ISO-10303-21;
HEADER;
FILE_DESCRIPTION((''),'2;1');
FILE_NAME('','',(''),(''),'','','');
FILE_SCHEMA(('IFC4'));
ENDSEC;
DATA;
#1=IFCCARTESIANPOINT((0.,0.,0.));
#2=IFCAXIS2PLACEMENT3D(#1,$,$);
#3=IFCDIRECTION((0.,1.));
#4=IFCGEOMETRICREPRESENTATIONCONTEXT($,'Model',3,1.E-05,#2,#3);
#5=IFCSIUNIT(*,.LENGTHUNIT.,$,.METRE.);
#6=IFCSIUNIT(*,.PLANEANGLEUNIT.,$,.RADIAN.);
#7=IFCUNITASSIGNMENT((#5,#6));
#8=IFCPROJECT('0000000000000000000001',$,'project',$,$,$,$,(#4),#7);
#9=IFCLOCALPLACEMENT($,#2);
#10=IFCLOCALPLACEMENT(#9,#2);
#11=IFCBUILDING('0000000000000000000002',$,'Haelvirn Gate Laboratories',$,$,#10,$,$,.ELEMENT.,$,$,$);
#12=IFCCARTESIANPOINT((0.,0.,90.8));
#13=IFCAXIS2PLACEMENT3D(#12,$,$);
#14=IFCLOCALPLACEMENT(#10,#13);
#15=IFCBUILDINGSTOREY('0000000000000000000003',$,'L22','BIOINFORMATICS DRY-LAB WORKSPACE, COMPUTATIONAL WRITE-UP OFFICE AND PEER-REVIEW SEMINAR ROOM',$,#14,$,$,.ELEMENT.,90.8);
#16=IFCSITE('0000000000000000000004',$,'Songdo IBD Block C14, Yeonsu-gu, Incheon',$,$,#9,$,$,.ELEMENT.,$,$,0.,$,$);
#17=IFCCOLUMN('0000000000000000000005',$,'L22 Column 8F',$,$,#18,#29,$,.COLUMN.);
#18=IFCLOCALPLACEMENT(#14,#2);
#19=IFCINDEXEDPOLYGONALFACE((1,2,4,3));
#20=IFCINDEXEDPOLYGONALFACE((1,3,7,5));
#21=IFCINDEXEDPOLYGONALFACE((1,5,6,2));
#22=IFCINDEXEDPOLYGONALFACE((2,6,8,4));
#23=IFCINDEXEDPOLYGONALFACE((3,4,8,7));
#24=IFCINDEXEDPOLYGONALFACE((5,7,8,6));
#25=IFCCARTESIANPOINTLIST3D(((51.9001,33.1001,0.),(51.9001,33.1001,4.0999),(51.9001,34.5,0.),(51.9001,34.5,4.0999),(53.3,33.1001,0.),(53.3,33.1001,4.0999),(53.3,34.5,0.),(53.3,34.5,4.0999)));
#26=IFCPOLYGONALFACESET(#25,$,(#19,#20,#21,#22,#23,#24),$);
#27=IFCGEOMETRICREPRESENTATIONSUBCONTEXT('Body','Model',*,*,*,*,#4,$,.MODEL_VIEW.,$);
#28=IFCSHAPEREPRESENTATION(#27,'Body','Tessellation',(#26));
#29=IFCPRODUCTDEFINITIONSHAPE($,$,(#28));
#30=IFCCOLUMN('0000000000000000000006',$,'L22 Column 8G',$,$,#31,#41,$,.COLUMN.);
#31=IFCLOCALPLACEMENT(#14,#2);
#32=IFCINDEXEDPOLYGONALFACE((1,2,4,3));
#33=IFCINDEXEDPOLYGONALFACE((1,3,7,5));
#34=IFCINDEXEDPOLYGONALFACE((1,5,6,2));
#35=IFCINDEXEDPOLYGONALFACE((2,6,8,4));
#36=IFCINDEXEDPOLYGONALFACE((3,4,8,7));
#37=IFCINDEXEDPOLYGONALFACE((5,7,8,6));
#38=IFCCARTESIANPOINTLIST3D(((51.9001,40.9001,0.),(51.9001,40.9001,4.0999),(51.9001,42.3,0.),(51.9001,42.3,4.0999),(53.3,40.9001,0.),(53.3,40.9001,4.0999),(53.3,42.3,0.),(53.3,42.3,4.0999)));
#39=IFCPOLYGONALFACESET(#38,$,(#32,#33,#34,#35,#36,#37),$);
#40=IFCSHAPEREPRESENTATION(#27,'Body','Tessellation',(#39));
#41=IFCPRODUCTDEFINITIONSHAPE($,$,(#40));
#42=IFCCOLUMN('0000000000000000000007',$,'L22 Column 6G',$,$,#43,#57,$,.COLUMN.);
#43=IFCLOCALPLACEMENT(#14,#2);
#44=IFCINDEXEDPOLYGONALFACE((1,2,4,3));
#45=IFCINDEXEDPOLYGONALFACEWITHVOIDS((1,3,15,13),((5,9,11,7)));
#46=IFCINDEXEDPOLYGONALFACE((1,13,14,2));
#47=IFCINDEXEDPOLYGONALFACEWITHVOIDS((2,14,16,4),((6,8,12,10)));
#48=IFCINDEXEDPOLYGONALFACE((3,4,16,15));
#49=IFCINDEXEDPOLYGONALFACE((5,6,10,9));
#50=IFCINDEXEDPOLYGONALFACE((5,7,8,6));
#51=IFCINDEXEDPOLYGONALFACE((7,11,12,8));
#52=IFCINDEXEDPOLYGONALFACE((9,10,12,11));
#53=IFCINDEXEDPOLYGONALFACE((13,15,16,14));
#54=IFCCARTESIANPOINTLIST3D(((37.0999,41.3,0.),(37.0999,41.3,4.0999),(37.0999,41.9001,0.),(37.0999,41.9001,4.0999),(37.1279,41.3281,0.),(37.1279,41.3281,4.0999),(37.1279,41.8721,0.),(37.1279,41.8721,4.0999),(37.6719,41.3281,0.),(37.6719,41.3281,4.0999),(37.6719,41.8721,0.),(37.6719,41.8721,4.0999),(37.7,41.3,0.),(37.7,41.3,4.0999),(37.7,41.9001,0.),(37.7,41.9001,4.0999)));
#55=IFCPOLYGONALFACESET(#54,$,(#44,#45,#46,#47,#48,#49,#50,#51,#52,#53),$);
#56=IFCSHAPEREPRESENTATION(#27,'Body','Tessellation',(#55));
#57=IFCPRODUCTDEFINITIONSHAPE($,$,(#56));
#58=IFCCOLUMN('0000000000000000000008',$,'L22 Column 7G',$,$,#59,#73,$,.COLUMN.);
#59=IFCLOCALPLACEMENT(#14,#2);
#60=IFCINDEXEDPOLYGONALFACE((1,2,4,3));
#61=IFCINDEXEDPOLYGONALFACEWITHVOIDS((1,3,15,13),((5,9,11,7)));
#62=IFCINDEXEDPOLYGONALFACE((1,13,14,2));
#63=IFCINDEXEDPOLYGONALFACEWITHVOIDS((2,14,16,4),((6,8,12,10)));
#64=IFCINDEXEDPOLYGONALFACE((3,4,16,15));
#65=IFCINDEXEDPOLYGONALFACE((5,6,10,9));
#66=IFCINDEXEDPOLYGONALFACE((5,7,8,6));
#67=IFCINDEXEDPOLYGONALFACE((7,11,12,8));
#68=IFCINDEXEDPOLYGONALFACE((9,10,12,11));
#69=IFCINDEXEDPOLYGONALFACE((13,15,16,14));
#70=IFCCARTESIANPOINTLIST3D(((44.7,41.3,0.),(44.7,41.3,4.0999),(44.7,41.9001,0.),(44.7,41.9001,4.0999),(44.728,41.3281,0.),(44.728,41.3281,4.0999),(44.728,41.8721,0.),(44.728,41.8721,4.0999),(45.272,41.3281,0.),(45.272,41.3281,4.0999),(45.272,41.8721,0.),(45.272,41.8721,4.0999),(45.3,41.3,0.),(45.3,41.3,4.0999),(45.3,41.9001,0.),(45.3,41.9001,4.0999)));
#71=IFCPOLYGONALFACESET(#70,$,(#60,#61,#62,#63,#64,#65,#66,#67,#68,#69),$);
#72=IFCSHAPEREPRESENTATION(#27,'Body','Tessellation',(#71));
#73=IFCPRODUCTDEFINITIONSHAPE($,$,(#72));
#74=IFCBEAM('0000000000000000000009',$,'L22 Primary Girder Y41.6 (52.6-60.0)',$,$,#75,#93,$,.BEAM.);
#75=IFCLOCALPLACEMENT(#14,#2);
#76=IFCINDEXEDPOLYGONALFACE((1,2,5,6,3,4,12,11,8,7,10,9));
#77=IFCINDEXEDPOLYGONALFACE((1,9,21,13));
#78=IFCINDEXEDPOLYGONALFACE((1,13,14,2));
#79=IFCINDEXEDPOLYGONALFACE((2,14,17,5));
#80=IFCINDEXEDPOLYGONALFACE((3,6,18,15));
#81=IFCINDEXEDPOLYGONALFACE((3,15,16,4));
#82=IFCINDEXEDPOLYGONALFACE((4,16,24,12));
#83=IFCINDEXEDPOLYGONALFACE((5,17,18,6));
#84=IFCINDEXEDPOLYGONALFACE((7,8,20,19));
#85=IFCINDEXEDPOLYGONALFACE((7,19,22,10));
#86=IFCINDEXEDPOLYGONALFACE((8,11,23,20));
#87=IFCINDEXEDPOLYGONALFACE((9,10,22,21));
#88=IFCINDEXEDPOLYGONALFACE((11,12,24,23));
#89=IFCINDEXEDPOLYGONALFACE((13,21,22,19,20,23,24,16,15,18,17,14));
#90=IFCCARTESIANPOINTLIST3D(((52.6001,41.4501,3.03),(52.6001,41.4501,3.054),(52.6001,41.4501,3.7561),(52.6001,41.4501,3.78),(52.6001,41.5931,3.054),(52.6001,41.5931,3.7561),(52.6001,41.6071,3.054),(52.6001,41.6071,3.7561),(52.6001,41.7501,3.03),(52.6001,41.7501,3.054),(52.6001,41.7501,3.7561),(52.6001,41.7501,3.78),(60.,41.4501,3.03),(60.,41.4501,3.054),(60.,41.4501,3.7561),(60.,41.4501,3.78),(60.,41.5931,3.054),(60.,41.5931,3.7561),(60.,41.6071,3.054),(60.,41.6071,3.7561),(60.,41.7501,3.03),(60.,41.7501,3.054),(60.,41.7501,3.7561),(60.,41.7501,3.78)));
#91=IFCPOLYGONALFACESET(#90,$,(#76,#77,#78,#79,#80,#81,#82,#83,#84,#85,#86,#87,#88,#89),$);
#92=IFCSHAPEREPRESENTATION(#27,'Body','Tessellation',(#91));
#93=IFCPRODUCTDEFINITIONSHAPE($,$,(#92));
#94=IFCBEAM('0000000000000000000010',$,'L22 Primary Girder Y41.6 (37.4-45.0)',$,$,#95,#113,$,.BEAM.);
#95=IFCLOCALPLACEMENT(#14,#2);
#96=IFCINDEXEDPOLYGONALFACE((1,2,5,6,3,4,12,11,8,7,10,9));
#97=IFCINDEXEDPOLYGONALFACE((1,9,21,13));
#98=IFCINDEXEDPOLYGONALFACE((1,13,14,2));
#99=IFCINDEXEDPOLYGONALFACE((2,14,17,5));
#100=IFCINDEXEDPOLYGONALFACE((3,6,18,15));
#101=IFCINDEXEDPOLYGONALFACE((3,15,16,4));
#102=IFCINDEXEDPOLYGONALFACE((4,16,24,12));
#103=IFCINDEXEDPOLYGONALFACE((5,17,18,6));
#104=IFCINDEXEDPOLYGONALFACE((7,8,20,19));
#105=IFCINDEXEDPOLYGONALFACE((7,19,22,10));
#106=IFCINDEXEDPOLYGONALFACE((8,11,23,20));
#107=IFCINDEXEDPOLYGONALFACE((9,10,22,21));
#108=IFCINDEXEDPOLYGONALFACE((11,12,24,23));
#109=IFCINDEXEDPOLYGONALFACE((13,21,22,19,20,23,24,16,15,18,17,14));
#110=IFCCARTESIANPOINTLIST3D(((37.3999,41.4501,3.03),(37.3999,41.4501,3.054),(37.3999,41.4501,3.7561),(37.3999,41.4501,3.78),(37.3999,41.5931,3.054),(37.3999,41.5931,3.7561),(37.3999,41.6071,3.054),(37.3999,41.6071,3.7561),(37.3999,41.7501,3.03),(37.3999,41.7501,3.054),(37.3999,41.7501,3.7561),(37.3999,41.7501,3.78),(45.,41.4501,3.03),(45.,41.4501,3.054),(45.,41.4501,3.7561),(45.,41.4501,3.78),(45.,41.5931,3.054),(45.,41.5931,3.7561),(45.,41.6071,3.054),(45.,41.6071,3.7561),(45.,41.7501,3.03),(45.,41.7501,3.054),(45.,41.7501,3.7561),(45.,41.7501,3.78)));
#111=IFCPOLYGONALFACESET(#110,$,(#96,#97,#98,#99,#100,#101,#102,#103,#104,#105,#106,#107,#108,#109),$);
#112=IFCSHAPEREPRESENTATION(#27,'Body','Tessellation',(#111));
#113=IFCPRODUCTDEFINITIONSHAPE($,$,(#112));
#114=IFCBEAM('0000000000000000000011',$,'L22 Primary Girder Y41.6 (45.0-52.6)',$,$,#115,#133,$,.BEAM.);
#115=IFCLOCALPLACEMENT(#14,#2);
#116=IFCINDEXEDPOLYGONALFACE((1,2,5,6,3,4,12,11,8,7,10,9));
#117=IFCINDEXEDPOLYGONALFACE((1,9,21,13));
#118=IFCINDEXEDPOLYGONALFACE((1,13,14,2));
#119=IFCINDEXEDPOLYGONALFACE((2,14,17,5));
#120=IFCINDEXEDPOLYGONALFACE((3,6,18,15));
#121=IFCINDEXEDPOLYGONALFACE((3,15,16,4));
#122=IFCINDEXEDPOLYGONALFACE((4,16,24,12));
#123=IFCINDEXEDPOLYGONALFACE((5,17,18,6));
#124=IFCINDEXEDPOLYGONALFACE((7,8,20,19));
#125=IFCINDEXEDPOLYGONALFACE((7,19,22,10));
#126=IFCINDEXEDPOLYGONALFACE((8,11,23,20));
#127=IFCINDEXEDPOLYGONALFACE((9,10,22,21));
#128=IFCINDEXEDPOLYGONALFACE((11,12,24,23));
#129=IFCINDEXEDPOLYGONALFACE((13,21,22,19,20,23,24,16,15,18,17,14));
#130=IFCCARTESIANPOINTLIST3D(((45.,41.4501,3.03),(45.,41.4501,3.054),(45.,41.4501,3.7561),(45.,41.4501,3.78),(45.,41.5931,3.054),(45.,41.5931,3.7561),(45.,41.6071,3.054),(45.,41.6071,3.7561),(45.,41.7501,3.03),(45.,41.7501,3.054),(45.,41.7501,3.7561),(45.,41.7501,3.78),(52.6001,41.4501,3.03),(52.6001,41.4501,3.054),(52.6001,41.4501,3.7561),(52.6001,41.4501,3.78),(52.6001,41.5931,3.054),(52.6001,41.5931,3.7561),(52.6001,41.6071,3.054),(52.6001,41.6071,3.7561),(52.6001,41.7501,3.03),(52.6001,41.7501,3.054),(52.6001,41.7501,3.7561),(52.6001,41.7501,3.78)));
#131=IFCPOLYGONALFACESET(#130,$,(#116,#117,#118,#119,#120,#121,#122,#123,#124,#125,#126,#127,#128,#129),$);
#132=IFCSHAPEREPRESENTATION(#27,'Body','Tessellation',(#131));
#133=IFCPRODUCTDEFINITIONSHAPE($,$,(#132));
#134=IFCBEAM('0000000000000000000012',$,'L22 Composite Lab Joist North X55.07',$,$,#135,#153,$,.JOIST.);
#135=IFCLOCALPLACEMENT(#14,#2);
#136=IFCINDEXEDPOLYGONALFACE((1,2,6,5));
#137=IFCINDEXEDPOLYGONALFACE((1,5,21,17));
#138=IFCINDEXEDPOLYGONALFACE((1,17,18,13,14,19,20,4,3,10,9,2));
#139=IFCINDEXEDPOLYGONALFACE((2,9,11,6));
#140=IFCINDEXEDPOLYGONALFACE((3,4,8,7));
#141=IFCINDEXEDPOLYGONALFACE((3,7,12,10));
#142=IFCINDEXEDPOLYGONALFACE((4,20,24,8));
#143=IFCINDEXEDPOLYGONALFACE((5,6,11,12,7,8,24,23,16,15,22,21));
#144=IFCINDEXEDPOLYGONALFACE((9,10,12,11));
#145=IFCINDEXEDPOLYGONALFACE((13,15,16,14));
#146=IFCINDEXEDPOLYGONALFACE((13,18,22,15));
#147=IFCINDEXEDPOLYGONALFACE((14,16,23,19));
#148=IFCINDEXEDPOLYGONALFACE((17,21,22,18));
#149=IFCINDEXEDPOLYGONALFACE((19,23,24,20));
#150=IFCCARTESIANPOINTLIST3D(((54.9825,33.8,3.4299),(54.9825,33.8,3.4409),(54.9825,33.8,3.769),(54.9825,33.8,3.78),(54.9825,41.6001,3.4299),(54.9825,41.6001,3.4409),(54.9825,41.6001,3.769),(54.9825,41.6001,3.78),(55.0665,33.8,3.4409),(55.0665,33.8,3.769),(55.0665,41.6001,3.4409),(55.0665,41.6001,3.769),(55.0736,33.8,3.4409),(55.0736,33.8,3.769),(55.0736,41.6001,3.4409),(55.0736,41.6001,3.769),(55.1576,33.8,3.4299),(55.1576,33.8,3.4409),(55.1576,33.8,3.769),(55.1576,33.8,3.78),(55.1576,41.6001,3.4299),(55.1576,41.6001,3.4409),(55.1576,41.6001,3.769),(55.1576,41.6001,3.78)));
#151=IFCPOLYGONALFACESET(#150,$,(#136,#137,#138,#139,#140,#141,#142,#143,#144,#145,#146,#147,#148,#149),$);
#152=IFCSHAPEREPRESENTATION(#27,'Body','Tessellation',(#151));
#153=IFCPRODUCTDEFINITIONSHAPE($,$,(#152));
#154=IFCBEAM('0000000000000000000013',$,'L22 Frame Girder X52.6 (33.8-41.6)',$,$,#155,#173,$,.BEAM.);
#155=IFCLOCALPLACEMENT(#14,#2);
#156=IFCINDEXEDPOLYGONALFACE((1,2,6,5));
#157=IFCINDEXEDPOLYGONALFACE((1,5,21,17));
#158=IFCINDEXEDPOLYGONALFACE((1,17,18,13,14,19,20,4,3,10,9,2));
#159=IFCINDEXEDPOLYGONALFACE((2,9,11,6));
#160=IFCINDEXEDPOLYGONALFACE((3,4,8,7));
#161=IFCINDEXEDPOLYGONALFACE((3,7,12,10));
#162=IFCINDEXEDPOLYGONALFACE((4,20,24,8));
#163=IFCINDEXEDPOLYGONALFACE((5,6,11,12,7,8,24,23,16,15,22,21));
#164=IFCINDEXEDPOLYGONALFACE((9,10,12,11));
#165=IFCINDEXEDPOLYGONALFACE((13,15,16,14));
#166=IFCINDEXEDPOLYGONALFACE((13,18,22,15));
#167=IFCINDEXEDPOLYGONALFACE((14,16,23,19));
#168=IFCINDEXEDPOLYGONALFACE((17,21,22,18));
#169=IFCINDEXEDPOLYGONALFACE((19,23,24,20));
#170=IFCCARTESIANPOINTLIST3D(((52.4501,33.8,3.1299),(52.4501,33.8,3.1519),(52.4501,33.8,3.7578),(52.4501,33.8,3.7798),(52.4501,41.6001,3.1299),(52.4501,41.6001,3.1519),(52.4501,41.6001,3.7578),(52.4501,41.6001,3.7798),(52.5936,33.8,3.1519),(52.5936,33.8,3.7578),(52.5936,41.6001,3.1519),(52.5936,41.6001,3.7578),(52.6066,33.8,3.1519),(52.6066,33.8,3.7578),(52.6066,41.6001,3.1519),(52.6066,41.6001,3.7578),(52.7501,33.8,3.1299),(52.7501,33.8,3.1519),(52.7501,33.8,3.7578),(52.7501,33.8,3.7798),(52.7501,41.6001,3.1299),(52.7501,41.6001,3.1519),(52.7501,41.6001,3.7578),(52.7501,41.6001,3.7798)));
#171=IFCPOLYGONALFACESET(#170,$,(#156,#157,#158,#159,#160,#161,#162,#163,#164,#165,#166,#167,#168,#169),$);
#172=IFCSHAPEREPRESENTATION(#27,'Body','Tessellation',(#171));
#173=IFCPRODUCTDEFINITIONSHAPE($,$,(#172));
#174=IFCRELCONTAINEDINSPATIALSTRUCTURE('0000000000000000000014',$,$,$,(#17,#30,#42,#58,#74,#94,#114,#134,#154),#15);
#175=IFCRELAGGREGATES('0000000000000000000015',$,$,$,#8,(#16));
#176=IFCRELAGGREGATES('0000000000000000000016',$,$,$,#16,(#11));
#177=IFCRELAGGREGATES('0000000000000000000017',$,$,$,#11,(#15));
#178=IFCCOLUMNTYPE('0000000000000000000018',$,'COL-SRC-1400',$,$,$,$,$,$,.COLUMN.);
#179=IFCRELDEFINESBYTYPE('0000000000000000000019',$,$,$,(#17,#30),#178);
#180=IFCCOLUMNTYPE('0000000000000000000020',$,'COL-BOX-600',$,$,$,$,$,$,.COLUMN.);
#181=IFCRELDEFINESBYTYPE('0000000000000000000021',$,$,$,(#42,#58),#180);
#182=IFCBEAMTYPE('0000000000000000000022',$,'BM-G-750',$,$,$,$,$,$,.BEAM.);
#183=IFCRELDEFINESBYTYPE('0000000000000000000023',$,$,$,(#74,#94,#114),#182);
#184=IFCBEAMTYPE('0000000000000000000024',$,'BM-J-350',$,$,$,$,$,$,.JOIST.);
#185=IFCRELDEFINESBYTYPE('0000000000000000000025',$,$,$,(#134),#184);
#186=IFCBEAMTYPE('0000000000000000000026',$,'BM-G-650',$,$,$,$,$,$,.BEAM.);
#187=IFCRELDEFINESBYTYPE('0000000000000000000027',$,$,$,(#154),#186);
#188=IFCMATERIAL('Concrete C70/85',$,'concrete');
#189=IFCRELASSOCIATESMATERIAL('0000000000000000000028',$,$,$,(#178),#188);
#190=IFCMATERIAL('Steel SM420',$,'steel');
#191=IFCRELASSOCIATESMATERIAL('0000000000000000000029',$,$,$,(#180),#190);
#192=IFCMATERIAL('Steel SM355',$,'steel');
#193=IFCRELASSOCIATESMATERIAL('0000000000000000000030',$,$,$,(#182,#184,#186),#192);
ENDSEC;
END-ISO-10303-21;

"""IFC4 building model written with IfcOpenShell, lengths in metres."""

from ifc_helpers import new_model, si_unit, direction, frame, origin, origin_2d, place, context, subcontext, project, spatial, rectangle, hollow_rectangle, i_section, extrude, source, transform, mapped, material, material_profile, profile_set, type_object, type_shapes, element, save


model = new_model("IFC4")

# Units and contexts
model_context = context("Model", 3, precision=1e-05, world=origin(), true_north=direction((0.0, 1.0)))
body_context = subcontext(model_context, "Body", "Model", "MODEL_VIEW")
ifc_project = project(units=[si_unit("LENGTHUNIT", "METRE"), si_unit("PLANEANGLEUNIT", "RADIAN")], contexts=[model_context])

# Site, building, storey
site_placement = place(None, origin())
site = spatial("IfcSite", under=ifc_project, at=site_placement, Name="Songdo IBD Block C14, Yeonsu-gu, Incheon", CompositionType="ELEMENT", RefElevation=0.0)
building_placement = place(site_placement, origin())
building = spatial("IfcBuilding", under=site, at=building_placement, Name="Haelvirn Gate Laboratories", CompositionType="ELEMENT")
storey_placement = place(building_placement, frame((0.0, 0.0, 90.8)))
storey = spatial("IfcBuildingStorey", under=building, at=storey_placement, Name="L22", Description="BIOINFORMATICS DRY-LAB WORKSPACE, COMPUTATIONAL WRITE-UP OFFICE AND PEER-REVIEW SEMINAR ROOM", CompositionType="ELEMENT", Elevation=90.8)

# Columns
ifc_material_1 = material(Name="Concrete C70/85", Category="concrete")
ifc_material_profile_1 = material_profile(ifc_material_1, rectangle(XDim=1.3999, YDim=1.3999, at=origin_2d()), Name="SRC-1400x1400")
ifc_profile_set_1 = profile_set([ifc_material_profile_1], Name="Concrete C70/85")
column_type_1 = type_object("IfcColumnType", Name="COL-SRC-1400", PredefinedType="COLUMN", material=ifc_profile_set_1)
shared_shape_1 = source(origin(), body_context, "Body", "SweptSolid", [
    extrude(rectangle(XDim=1.3999, YDim=1.3999, at=origin_2d()), origin(), (0.0, 0.0, 1.0), 4.0999),
])
type_shapes(column_type_1, [shared_shape_1])
for number, where, z_axis, x_axis, name in (
    (1, (52.6001, 33.8, 0.0), (0.0, 0.0, 1.0), (1.0, 0.0, 0.0), "L22 Column 8F"),
    (2, (52.6001, 41.6001, 0.0), (0.0, 0.0, 1.0), (1.0, 0.0, 0.0), "L22 Column 8G"),
):
    element("IfcColumn", number, at=place(storey_placement, frame(where, z_axis=z_axis, x_axis=x_axis)), inside=storey, type_object=column_type_1, Name=name, PredefinedType="COLUMN", context=body_context, shape_type="MappedRepresentation", body=[
        mapped(shared_shape_1, transform((0.0, 0.0, 0.0), scale=1.0)),
    ])
ifc_material_2 = material(Name="Steel SM420", Category="steel")
ifc_material_profile_2 = material_profile(ifc_material_2, hollow_rectangle(XDim=0.6001, YDim=0.6001, WallThickness=0.0281, at=origin_2d()), Name="BOX-600x600x28")
ifc_profile_set_2 = profile_set([ifc_material_profile_2], Name="Steel SM420")
column_type_2 = type_object("IfcColumnType", Name="COL-BOX-600", PredefinedType="COLUMN", material=ifc_profile_set_2)
shared_shape_2 = source(origin(), body_context, "Body", "SweptSolid", [
    extrude(hollow_rectangle(XDim=0.6001, YDim=0.6001, WallThickness=0.0281, at=origin_2d()), origin(), (0.0, 0.0, 1.0), 4.0999),
])
type_shapes(column_type_2, [shared_shape_2])
for number, where, z_axis, x_axis, name in (
    (3, (37.3999, 41.6001, 0.0), (0.0, 0.0, 1.0), (1.0, 0.0, 0.0), "L22 Column 6G"),
    (4, (45.0, 41.6001, 0.0), (0.0, 0.0, 1.0), (1.0, 0.0, 0.0), "L22 Column 7G"),
):
    element("IfcColumn", number, at=place(storey_placement, frame(where, z_axis=z_axis, x_axis=x_axis)), inside=storey, type_object=column_type_2, Name=name, PredefinedType="COLUMN", context=body_context, shape_type="MappedRepresentation", body=[
        mapped(shared_shape_2, transform((0.0, 0.0, 0.0), scale=1.0)),
    ])

# Beams
ifc_material_3 = material(Name="Steel SM355", Category="steel")
ifc_material_profile_3 = material_profile(ifc_material_3, i_section(OverallWidth=0.3, OverallDepth=0.75, WebThickness=0.0139, FlangeThickness=0.0239, at=origin_2d()), Name="H-750x300x14x24")
ifc_profile_set_3 = profile_set([ifc_material_profile_3], Name="Steel SM355")
beam_type_1 = type_object("IfcBeamType", Name="BM-G-750", PredefinedType="BEAM", material=ifc_profile_set_3)
shared_shape_3 = source(origin(), body_context, "Body", "SweptSolid", [
    extrude(i_section(OverallWidth=0.3, OverallDepth=0.75, WebThickness=0.0139, FlangeThickness=0.0239, at=origin_2d()), origin(), (0.0, 0.0, 1.0), 7.3999),
])
beam_1_placement = place(storey_placement, frame((52.6001, 41.6001, 3.405), z_axis=(1.0, 0.0, 0.0), x_axis=(0.0, 1.0, 0.0)))
element("IfcBeam", 5, at=beam_1_placement, inside=storey, type_object=beam_type_1, Name="L22 Primary Girder Y41.6 (52.6-60.0)", PredefinedType="BEAM", context=body_context, shape_type="MappedRepresentation", body=[
    mapped(shared_shape_3, transform((0.0, 0.0, 0.0), scale=1.0)),
])
shared_shape_4 = source(origin(), body_context, "Body", "SweptSolid", [
    extrude(i_section(OverallWidth=0.3, OverallDepth=0.75, WebThickness=0.0139, FlangeThickness=0.0239, at=origin_2d()), origin(), (0.0, 0.0, 1.0), 7.6001),
])
type_shapes(beam_type_1, [shared_shape_3, shared_shape_4])
for number, where, z_axis, x_axis, name in (
    (6, (37.3999, 41.6001, 3.405), (1.0, 0.0, 0.0), (0.0, 1.0, 0.0), "L22 Primary Girder Y41.6 (37.4-45.0)"),
    (7, (45.0, 41.6001, 3.405), (1.0, 0.0, 0.0), (0.0, 1.0, 0.0), "L22 Primary Girder Y41.6 (45.0-52.6)"),
):
    element("IfcBeam", number, at=place(storey_placement, frame(where, z_axis=z_axis, x_axis=x_axis)), inside=storey, type_object=beam_type_1, Name=name, PredefinedType="BEAM", context=body_context, shape_type="MappedRepresentation", body=[
        mapped(shared_shape_4, transform((0.0, 0.0, 0.0), scale=1.0)),
    ])
ifc_material_profile_4 = material_profile(ifc_material_3, i_section(OverallWidth=0.175, OverallDepth=0.3501, WebThickness=0.0071, FlangeThickness=0.011, at=origin_2d()), Name="H-350x175x7x11")
ifc_profile_set_4 = profile_set([ifc_material_profile_4], Name="Steel SM355")
beam_type_2 = type_object("IfcBeamType", Name="BM-J-350", PredefinedType="JOIST", material=ifc_profile_set_4)
shared_shape_5 = source(origin(), body_context, "Body", "SweptSolid", [
    extrude(i_section(OverallWidth=0.175, OverallDepth=0.3501, WebThickness=0.0071, FlangeThickness=0.011, at=origin_2d()), origin(), (0.0, 0.0, 1.0), 7.8),
])
type_shapes(beam_type_2, [shared_shape_5])
beam_2_placement = place(storey_placement, frame((55.0701, 33.8, 3.605), z_axis=(0.0, 1.0, 0.0), x_axis=(-1.0, 0.0, 0.0)))
element("IfcBeam", 8, at=beam_2_placement, inside=storey, type_object=beam_type_2, Name="L22 Composite Lab Joist North X55.07", PredefinedType="JOIST", context=body_context, shape_type="MappedRepresentation", body=[
    mapped(shared_shape_5, transform((0.0, 0.0, 0.0), scale=1.0)),
])
ifc_material_profile_5 = material_profile(ifc_material_3, i_section(OverallWidth=0.3, OverallDepth=0.6499, WebThickness=0.0129, FlangeThickness=0.022, at=origin_2d()), Name="H-650x300x13x22")
ifc_profile_set_5 = profile_set([ifc_material_profile_5], Name="Steel SM355")
beam_type_3 = type_object("IfcBeamType", Name="BM-G-650", PredefinedType="BEAM", material=ifc_profile_set_5)
shared_shape_6 = source(origin(), body_context, "Body", "SweptSolid", [
    extrude(i_section(OverallWidth=0.3, OverallDepth=0.6499, WebThickness=0.0129, FlangeThickness=0.022, at=origin_2d()), origin(), (0.0, 0.0, 1.0), 7.8),
])
type_shapes(beam_type_3, [shared_shape_6])
beam_3_placement = place(storey_placement, frame((52.6001, 33.8, 3.4548), z_axis=(0.0, 1.0, 0.0), x_axis=(-1.0, 0.0, 0.0)))
element("IfcBeam", 9, at=beam_3_placement, inside=storey, type_object=beam_type_3, Name="L22 Frame Girder X52.6 (33.8-41.6)", PredefinedType="BEAM", context=body_context, shape_type="MappedRepresentation", body=[
    mapped(shared_shape_6, transform((0.0, 0.0, 0.0), scale=1.0)),
])

save(model, "model.ifc")
